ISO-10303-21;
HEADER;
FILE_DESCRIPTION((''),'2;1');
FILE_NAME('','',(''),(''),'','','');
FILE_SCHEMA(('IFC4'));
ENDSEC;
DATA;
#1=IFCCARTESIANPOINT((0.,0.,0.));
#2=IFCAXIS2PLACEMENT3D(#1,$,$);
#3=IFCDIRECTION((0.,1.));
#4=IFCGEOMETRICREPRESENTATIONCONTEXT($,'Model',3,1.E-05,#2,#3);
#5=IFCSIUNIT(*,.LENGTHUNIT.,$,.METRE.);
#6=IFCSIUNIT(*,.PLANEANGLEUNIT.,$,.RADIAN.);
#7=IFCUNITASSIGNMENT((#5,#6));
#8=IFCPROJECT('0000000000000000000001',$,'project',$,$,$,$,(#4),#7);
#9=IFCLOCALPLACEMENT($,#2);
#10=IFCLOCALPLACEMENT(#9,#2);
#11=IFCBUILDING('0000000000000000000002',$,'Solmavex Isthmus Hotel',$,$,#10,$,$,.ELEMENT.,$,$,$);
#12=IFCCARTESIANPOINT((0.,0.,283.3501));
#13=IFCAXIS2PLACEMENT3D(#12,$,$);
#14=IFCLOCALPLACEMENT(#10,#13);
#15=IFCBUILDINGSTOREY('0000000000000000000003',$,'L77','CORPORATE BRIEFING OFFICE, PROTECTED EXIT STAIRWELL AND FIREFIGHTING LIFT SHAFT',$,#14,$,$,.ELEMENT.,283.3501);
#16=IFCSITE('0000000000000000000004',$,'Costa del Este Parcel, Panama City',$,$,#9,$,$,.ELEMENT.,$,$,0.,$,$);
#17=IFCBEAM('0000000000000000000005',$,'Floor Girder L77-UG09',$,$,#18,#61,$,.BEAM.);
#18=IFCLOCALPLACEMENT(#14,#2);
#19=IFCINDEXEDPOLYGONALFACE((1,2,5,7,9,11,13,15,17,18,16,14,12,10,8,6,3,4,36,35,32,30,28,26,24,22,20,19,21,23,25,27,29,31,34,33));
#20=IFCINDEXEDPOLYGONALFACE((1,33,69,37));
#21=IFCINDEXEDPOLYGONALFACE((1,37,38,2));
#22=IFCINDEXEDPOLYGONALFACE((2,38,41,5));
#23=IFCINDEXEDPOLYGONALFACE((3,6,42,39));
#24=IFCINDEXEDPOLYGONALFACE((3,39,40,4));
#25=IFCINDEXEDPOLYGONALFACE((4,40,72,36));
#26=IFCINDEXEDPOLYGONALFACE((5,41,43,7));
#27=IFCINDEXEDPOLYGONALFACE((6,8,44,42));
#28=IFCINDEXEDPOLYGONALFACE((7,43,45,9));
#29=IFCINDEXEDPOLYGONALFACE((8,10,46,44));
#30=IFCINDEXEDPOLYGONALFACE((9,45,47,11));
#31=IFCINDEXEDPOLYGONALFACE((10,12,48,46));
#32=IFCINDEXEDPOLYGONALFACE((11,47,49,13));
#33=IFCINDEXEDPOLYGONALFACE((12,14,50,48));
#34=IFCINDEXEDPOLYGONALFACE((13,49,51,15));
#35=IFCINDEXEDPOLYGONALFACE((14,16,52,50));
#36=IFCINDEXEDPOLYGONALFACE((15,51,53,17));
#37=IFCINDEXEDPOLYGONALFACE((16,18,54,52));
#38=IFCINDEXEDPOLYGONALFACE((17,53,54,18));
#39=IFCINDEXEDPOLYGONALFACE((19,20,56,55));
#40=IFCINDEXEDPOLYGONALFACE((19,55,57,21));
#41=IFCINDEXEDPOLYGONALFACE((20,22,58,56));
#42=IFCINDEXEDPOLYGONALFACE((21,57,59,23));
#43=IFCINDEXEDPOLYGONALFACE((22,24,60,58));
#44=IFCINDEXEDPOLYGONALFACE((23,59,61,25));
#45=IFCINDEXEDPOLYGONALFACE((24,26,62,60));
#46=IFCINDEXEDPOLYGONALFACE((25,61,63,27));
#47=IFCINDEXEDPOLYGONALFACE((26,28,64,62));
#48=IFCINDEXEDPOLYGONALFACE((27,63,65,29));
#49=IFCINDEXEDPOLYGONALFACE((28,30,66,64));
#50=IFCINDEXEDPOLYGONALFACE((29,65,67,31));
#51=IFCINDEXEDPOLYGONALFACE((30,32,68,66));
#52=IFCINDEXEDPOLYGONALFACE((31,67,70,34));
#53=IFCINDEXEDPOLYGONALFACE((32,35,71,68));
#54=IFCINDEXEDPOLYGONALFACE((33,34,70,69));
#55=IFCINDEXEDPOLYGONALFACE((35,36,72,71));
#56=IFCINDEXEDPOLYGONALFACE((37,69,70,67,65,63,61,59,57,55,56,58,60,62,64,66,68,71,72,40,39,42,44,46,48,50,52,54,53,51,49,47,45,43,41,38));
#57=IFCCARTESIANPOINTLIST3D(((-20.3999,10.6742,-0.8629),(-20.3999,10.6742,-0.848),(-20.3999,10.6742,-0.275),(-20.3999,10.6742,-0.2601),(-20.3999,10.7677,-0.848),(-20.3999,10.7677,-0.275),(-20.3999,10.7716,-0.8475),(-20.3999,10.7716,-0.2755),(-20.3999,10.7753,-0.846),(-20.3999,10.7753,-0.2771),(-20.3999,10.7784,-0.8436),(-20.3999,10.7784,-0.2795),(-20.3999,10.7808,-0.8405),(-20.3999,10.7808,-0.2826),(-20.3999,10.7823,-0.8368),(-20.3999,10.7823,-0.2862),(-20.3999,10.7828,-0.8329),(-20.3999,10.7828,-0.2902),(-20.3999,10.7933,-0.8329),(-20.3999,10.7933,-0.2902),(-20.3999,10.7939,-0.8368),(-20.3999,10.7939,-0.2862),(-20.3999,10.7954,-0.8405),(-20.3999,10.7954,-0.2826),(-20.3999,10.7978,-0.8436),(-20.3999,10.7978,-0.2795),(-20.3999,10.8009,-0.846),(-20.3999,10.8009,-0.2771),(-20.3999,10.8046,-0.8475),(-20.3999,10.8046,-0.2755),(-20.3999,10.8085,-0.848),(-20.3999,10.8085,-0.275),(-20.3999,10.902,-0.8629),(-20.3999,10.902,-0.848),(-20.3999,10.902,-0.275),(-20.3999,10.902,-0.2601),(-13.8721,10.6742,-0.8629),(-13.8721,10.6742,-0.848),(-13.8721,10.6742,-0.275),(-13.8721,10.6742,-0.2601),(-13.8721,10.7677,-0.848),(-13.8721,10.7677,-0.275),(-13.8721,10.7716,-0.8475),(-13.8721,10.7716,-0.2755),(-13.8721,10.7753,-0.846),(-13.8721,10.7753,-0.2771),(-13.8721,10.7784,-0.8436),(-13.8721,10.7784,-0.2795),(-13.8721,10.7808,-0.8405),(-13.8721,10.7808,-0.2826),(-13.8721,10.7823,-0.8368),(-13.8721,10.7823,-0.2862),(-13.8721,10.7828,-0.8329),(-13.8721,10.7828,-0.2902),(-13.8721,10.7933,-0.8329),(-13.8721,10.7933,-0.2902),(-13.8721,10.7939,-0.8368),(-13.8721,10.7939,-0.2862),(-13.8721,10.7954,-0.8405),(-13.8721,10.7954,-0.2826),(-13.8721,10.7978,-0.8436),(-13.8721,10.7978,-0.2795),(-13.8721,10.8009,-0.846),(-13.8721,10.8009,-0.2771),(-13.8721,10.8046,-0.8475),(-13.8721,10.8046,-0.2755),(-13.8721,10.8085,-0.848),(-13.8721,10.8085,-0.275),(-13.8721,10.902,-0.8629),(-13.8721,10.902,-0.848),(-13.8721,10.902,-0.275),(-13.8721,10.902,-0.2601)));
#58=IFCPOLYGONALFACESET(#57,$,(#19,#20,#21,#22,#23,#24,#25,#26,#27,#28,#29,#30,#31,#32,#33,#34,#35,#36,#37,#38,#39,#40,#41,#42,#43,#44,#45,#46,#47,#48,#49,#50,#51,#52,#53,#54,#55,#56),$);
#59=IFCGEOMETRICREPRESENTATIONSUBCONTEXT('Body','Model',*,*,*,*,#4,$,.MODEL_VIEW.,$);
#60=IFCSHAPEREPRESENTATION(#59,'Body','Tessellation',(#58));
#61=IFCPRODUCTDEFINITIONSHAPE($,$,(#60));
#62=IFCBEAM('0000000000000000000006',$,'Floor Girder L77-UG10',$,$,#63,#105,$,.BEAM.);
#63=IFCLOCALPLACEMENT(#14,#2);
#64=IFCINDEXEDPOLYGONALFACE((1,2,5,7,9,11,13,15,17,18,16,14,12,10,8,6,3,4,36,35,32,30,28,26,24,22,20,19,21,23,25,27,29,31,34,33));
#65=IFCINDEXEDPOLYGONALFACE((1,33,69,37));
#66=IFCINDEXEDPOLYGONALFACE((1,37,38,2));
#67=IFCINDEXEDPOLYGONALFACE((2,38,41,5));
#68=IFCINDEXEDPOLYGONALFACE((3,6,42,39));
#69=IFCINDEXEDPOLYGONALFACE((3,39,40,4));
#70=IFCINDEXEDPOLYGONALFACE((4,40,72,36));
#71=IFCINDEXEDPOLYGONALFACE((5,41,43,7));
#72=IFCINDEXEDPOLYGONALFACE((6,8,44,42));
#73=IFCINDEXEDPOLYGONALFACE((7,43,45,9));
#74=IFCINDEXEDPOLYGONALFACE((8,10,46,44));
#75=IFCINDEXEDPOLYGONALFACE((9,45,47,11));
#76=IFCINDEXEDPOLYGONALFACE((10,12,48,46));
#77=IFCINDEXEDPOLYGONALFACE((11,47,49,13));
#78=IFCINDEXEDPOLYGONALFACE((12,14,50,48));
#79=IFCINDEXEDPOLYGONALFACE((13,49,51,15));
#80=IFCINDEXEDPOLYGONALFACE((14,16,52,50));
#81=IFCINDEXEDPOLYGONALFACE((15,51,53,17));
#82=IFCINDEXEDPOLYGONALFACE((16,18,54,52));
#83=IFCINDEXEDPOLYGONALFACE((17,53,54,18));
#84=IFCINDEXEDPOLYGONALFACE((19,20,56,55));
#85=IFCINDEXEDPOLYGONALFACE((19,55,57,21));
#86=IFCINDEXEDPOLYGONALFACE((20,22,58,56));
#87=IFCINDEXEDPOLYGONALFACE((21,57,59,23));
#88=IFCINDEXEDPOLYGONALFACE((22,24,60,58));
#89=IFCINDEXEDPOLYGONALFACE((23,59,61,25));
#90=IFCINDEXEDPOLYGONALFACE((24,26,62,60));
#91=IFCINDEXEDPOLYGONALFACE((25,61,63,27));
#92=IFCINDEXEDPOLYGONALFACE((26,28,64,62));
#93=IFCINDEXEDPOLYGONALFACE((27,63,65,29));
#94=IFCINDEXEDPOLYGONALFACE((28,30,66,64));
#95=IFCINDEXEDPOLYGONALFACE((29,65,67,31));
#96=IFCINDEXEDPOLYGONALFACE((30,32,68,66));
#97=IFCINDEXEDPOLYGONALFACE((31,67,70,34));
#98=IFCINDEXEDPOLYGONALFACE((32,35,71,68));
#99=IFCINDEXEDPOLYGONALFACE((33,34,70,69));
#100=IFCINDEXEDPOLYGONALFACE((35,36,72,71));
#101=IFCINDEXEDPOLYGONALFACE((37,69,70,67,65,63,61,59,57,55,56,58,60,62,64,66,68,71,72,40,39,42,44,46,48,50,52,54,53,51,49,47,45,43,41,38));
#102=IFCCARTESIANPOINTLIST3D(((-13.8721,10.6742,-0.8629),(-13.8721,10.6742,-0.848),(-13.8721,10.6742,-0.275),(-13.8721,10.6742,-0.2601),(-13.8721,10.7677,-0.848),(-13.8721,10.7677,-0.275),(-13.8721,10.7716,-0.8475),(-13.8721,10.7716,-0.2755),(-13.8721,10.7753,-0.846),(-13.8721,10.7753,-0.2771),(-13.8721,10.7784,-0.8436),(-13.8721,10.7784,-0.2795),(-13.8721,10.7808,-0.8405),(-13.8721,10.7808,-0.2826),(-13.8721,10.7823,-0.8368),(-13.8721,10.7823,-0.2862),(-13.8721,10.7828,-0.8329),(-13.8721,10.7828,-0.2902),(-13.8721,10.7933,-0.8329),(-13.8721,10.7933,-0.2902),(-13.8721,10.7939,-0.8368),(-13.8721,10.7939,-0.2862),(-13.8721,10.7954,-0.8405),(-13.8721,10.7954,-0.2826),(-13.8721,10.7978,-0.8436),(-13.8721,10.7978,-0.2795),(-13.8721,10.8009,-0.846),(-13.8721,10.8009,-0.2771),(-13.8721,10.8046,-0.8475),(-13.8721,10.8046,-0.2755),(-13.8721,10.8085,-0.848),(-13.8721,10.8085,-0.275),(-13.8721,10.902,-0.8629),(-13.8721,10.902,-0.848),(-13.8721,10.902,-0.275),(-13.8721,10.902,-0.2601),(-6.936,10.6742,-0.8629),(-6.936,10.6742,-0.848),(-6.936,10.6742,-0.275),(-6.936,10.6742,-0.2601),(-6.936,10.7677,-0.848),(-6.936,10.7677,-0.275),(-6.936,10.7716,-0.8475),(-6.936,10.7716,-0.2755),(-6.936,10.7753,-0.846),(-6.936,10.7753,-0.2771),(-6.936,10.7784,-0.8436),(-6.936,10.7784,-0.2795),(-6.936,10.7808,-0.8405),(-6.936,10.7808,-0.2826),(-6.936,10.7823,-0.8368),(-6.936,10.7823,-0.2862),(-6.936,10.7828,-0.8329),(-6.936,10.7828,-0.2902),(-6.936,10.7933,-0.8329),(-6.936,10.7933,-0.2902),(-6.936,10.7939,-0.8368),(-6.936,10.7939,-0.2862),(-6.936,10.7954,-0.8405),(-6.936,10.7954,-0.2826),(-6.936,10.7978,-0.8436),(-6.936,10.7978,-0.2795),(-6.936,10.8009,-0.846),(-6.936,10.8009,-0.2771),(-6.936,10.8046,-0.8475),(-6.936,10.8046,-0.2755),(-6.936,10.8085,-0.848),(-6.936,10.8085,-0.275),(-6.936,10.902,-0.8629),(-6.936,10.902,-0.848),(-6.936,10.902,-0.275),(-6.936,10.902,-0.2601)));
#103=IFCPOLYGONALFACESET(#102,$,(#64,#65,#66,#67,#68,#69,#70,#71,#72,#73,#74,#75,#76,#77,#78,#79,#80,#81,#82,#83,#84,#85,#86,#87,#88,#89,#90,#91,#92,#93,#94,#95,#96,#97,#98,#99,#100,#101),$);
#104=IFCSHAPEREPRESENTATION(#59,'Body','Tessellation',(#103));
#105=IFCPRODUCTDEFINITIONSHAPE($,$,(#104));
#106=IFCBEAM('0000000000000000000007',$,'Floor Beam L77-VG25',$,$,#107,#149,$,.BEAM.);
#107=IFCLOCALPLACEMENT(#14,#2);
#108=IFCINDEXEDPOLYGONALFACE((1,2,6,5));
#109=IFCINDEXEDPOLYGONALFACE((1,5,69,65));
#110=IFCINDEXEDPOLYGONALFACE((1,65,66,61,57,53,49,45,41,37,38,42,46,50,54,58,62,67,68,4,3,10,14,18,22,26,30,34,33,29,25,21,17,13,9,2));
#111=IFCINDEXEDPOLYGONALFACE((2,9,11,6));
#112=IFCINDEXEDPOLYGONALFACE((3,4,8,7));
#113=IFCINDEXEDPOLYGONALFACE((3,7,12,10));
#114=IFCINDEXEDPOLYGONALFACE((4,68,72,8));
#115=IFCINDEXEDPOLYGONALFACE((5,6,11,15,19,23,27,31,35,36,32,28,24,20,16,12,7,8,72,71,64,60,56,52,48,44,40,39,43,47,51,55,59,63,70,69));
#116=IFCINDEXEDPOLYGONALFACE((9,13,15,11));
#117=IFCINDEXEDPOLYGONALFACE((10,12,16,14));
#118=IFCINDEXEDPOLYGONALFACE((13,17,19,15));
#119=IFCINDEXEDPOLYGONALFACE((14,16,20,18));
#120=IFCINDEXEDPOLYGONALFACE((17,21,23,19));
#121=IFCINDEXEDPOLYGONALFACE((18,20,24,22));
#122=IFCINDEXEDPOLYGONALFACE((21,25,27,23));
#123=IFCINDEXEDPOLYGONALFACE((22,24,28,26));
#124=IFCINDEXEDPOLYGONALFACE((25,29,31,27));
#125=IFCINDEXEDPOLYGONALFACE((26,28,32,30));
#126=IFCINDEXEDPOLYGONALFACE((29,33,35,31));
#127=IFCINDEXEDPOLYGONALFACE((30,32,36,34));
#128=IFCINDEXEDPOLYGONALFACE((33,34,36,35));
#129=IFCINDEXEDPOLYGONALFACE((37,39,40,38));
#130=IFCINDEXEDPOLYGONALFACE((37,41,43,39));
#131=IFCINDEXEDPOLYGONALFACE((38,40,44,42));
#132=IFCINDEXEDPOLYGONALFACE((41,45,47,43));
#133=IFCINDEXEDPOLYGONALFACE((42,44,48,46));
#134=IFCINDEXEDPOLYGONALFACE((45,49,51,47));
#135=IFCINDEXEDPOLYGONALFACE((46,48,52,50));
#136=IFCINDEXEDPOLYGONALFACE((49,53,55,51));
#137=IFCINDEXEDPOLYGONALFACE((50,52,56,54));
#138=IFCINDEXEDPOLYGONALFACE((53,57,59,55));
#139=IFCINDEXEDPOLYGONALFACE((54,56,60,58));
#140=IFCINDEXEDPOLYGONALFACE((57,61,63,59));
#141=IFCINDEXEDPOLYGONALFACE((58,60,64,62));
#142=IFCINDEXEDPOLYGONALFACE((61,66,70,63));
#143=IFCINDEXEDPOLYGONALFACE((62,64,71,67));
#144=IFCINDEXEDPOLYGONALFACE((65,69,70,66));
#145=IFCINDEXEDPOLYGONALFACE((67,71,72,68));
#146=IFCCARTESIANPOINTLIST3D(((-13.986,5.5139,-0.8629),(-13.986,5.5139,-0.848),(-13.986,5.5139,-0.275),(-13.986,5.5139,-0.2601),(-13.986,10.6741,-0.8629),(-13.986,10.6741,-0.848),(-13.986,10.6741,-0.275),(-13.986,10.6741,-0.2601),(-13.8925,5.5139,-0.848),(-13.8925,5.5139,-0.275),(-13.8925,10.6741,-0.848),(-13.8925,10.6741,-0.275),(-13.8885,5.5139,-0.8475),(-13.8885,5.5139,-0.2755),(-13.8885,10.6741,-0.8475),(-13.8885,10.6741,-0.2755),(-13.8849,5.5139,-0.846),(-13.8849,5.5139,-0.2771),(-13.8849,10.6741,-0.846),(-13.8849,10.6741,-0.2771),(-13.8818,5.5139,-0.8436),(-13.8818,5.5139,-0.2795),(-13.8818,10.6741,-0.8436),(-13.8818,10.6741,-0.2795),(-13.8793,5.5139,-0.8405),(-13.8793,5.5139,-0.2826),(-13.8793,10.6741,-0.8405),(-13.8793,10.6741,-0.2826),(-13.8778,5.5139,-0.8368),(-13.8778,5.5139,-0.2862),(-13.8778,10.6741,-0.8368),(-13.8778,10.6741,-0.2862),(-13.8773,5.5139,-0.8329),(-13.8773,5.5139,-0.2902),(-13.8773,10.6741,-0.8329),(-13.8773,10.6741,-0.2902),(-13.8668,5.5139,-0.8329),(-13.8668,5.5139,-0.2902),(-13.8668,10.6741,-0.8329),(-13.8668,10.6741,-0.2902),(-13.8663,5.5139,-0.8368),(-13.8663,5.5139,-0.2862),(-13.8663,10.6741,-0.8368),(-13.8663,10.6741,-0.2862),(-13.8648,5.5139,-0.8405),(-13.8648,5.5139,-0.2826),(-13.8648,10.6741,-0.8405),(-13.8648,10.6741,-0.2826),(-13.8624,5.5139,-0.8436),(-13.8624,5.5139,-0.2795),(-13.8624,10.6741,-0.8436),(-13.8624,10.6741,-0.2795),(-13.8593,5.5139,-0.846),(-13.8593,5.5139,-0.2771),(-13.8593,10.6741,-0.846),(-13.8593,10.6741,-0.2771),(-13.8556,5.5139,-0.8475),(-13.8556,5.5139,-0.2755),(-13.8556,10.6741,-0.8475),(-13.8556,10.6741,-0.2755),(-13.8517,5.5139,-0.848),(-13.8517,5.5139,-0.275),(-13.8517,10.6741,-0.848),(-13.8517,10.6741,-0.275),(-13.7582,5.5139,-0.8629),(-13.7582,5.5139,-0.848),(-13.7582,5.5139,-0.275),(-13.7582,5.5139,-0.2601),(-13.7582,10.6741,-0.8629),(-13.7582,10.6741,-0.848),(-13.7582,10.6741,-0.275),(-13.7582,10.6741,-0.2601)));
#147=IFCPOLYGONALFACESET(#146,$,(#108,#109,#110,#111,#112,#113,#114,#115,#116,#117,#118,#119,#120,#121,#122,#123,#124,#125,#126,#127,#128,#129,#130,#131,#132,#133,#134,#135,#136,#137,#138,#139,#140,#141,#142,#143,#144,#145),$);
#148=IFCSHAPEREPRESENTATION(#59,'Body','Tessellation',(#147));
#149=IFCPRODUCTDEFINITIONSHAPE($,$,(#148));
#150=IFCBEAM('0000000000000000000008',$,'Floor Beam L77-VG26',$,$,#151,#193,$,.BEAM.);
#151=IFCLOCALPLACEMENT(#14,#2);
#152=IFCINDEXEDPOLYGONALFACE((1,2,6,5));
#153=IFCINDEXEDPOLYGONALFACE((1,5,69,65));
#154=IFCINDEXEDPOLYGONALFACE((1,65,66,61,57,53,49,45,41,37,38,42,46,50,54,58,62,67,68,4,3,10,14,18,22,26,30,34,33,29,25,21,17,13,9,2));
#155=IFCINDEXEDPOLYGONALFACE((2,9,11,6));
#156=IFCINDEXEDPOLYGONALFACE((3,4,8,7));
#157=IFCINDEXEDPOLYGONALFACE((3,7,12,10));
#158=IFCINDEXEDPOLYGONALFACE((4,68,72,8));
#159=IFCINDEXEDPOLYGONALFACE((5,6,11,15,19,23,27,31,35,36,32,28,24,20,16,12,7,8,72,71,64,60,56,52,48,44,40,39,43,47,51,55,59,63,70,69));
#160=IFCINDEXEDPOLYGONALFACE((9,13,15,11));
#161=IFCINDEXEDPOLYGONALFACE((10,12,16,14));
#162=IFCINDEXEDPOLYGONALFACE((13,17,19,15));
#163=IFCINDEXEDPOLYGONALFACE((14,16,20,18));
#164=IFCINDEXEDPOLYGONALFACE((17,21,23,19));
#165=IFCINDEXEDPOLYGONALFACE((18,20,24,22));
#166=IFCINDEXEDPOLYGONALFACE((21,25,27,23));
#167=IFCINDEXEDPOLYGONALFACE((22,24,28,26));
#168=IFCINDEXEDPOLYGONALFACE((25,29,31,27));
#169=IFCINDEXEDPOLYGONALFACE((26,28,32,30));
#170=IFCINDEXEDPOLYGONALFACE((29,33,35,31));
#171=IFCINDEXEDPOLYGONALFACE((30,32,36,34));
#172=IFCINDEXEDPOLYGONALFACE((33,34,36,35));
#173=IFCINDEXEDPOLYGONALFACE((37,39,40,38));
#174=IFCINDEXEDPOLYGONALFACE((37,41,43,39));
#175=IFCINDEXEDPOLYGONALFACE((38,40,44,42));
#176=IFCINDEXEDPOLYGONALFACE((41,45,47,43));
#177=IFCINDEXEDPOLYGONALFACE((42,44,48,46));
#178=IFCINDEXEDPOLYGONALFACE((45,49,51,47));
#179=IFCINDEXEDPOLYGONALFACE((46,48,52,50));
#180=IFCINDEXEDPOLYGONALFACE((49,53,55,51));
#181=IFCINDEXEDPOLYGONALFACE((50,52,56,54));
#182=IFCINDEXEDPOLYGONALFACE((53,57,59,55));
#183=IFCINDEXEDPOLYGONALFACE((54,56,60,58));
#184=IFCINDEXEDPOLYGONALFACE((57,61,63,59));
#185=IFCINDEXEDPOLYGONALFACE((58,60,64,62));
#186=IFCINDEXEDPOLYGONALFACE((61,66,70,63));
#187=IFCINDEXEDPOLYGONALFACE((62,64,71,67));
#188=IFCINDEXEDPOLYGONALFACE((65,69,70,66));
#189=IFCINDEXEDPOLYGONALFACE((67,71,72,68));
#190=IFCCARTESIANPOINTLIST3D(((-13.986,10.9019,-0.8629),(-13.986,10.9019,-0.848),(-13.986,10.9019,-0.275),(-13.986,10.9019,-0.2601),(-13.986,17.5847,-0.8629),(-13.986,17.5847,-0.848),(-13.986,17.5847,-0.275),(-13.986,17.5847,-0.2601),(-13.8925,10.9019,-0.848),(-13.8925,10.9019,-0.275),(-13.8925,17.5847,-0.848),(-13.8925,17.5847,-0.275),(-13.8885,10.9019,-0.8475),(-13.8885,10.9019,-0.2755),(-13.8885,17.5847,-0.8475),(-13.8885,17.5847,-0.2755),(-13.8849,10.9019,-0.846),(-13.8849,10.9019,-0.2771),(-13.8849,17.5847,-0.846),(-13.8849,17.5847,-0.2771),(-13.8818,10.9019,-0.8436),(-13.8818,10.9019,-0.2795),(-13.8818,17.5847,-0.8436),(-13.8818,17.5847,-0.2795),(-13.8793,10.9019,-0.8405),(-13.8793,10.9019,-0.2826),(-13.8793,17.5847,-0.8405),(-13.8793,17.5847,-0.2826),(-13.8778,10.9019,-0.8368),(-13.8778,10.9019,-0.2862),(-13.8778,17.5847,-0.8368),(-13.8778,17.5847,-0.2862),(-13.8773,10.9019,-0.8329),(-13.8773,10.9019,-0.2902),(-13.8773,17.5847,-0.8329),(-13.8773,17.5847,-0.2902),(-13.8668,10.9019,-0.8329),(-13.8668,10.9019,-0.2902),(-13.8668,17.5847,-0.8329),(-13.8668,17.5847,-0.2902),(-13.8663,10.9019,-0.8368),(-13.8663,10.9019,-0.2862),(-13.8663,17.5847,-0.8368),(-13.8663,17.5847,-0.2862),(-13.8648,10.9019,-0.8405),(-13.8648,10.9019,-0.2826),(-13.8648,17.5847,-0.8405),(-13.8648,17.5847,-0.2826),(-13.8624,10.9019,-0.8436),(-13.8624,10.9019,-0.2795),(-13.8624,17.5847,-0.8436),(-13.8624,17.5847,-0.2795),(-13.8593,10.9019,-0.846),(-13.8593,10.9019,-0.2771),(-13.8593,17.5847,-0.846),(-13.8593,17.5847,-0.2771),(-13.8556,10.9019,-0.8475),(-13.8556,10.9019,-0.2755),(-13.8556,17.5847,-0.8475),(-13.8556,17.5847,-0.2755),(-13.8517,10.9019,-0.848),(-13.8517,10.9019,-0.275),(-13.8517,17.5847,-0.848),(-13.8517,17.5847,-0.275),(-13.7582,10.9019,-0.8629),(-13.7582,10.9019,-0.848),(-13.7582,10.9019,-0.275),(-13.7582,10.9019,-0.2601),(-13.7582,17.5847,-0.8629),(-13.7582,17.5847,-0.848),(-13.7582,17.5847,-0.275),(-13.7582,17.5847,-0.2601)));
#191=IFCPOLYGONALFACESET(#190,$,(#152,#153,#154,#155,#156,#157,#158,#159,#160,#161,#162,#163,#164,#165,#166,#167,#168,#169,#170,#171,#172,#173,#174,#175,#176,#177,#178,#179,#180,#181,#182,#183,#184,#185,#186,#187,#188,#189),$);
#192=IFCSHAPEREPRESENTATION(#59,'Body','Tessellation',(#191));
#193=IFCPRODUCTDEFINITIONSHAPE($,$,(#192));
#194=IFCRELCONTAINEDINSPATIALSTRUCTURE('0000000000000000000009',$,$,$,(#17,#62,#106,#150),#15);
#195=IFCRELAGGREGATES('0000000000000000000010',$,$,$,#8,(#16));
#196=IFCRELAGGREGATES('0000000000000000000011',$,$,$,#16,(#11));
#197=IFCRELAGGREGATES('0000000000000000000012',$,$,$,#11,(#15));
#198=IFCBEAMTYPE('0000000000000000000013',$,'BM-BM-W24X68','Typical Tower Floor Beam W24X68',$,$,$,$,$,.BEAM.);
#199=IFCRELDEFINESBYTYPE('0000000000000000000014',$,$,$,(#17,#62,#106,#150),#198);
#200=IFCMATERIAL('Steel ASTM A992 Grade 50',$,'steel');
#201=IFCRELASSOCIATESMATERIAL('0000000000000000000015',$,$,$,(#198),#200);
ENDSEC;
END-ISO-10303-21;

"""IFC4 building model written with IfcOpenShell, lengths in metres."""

from ifc_helpers import new_model, si_unit, direction, frame, origin, origin_2d, place, context, subcontext, project, spatial, i_section, extrude, material, material_profile, profile_set, type_object, element, save


model = new_model("IFC4")

# Units and contexts
model_context = context("Model", 3, precision=1e-05, world=origin(), true_north=direction((0.0, 1.0)))
body_context = subcontext(model_context, "Body", "Model", "MODEL_VIEW")
ifc_project = project(units=[si_unit("LENGTHUNIT", "METRE"), si_unit("PLANEANGLEUNIT", "RADIAN")], contexts=[model_context])

# Site, building, storey
site_placement = place(None, origin())
site = spatial("IfcSite", under=ifc_project, at=site_placement, Name="Costa del Este Parcel, Panama City", CompositionType="ELEMENT", RefElevation=0.0)
building_placement = place(site_placement, origin())
building = spatial("IfcBuilding", under=site, at=building_placement, Name="Solmavex Isthmus Hotel", CompositionType="ELEMENT")
storey_placement = place(building_placement, frame((0.0, 0.0, 283.3501)))
storey = spatial("IfcBuildingStorey", under=building, at=storey_placement, Name="L77", Description="CORPORATE BRIEFING OFFICE, PROTECTED EXIT STAIRWELL AND FIREFIGHTING LIFT SHAFT", CompositionType="ELEMENT", Elevation=283.3501)

# Beams
ifc_material_1 = material(Name="Steel ASTM A992 Grade 50", Category="steel")
ifc_material_profile_1 = material_profile(ifc_material_1, i_section(OverallWidth=0.2278, OverallDepth=0.6028, WebThickness=0.0105, FlangeThickness=0.0149, FilletRadius=0.0151, at=origin_2d()), Name="W24X68")
ifc_profile_set_1 = profile_set([ifc_material_profile_1], Name="Steel ASTM A992 Grade 50")
beam_type_1 = type_object("IfcBeamType", Name="BM-BM-W24X68", Description="Typical Tower Floor Beam W24X68", PredefinedType="BEAM", material=ifc_profile_set_1)
beam_1_placement = place(storey_placement, frame((-20.3999, 10.7881, -0.5615), z_axis=(1.0, 0.0, 0.0), x_axis=(0.0, 1.0, 0.0)))
element("IfcBeam", 1, at=beam_1_placement, inside=storey, type_object=beam_type_1, Name="Floor Girder L77-UG09", PredefinedType="BEAM", context=body_context, shape_type="SweptSolid", body=[
    extrude(i_section(OverallWidth=0.2278, OverallDepth=0.6028, WebThickness=0.0105, FlangeThickness=0.0149, FilletRadius=0.0151, at=origin_2d()), origin(), (0.0, 0.0, 1.0), 6.5278),
])
beam_2_placement = place(storey_placement, frame((-13.8721, 10.7881, -0.5615), z_axis=(1.0, 0.0, 0.0), x_axis=(0.0, 1.0, 0.0)))
element("IfcBeam", 2, at=beam_2_placement, inside=storey, type_object=beam_type_1, Name="Floor Girder L77-UG10", PredefinedType="BEAM", context=body_context, shape_type="SweptSolid", body=[
    extrude(i_section(OverallWidth=0.2278, OverallDepth=0.6028, WebThickness=0.0105, FlangeThickness=0.0149, FilletRadius=0.0151, at=origin_2d()), origin(), (0.0, 0.0, 1.0), 6.936),
])
beam_3_placement = place(storey_placement, frame((-13.8721, 5.5139, -0.5615), z_axis=(0.0, 1.0, 0.0), x_axis=(-1.0, 0.0, 0.0)))
element("IfcBeam", 3, at=beam_3_placement, inside=storey, type_object=beam_type_1, Name="Floor Beam L77-VG25", PredefinedType="BEAM", context=body_context, shape_type="SweptSolid", body=[
    extrude(i_section(OverallWidth=0.2278, OverallDepth=0.6028, WebThickness=0.0105, FlangeThickness=0.0149, FilletRadius=0.0151, at=origin_2d()), origin(), (0.0, 0.0, 1.0), 5.1602),
])
beam_4_placement = place(storey_placement, frame((-13.8721, 10.9019, -0.5615), z_axis=(0.0, 1.0, 0.0), x_axis=(-1.0, 0.0, 0.0)))
element("IfcBeam", 4, at=beam_4_placement, inside=storey, type_object=beam_type_1, Name="Floor Beam L77-VG26", PredefinedType="BEAM", context=body_context, shape_type="SweptSolid", body=[
    extrude(i_section(OverallWidth=0.2278, OverallDepth=0.6028, WebThickness=0.0105, FlangeThickness=0.0149, FilletRadius=0.0151, at=origin_2d()), origin(), (0.0, 0.0, 1.0), 6.6829),
])

save(model, "model.ifc")
